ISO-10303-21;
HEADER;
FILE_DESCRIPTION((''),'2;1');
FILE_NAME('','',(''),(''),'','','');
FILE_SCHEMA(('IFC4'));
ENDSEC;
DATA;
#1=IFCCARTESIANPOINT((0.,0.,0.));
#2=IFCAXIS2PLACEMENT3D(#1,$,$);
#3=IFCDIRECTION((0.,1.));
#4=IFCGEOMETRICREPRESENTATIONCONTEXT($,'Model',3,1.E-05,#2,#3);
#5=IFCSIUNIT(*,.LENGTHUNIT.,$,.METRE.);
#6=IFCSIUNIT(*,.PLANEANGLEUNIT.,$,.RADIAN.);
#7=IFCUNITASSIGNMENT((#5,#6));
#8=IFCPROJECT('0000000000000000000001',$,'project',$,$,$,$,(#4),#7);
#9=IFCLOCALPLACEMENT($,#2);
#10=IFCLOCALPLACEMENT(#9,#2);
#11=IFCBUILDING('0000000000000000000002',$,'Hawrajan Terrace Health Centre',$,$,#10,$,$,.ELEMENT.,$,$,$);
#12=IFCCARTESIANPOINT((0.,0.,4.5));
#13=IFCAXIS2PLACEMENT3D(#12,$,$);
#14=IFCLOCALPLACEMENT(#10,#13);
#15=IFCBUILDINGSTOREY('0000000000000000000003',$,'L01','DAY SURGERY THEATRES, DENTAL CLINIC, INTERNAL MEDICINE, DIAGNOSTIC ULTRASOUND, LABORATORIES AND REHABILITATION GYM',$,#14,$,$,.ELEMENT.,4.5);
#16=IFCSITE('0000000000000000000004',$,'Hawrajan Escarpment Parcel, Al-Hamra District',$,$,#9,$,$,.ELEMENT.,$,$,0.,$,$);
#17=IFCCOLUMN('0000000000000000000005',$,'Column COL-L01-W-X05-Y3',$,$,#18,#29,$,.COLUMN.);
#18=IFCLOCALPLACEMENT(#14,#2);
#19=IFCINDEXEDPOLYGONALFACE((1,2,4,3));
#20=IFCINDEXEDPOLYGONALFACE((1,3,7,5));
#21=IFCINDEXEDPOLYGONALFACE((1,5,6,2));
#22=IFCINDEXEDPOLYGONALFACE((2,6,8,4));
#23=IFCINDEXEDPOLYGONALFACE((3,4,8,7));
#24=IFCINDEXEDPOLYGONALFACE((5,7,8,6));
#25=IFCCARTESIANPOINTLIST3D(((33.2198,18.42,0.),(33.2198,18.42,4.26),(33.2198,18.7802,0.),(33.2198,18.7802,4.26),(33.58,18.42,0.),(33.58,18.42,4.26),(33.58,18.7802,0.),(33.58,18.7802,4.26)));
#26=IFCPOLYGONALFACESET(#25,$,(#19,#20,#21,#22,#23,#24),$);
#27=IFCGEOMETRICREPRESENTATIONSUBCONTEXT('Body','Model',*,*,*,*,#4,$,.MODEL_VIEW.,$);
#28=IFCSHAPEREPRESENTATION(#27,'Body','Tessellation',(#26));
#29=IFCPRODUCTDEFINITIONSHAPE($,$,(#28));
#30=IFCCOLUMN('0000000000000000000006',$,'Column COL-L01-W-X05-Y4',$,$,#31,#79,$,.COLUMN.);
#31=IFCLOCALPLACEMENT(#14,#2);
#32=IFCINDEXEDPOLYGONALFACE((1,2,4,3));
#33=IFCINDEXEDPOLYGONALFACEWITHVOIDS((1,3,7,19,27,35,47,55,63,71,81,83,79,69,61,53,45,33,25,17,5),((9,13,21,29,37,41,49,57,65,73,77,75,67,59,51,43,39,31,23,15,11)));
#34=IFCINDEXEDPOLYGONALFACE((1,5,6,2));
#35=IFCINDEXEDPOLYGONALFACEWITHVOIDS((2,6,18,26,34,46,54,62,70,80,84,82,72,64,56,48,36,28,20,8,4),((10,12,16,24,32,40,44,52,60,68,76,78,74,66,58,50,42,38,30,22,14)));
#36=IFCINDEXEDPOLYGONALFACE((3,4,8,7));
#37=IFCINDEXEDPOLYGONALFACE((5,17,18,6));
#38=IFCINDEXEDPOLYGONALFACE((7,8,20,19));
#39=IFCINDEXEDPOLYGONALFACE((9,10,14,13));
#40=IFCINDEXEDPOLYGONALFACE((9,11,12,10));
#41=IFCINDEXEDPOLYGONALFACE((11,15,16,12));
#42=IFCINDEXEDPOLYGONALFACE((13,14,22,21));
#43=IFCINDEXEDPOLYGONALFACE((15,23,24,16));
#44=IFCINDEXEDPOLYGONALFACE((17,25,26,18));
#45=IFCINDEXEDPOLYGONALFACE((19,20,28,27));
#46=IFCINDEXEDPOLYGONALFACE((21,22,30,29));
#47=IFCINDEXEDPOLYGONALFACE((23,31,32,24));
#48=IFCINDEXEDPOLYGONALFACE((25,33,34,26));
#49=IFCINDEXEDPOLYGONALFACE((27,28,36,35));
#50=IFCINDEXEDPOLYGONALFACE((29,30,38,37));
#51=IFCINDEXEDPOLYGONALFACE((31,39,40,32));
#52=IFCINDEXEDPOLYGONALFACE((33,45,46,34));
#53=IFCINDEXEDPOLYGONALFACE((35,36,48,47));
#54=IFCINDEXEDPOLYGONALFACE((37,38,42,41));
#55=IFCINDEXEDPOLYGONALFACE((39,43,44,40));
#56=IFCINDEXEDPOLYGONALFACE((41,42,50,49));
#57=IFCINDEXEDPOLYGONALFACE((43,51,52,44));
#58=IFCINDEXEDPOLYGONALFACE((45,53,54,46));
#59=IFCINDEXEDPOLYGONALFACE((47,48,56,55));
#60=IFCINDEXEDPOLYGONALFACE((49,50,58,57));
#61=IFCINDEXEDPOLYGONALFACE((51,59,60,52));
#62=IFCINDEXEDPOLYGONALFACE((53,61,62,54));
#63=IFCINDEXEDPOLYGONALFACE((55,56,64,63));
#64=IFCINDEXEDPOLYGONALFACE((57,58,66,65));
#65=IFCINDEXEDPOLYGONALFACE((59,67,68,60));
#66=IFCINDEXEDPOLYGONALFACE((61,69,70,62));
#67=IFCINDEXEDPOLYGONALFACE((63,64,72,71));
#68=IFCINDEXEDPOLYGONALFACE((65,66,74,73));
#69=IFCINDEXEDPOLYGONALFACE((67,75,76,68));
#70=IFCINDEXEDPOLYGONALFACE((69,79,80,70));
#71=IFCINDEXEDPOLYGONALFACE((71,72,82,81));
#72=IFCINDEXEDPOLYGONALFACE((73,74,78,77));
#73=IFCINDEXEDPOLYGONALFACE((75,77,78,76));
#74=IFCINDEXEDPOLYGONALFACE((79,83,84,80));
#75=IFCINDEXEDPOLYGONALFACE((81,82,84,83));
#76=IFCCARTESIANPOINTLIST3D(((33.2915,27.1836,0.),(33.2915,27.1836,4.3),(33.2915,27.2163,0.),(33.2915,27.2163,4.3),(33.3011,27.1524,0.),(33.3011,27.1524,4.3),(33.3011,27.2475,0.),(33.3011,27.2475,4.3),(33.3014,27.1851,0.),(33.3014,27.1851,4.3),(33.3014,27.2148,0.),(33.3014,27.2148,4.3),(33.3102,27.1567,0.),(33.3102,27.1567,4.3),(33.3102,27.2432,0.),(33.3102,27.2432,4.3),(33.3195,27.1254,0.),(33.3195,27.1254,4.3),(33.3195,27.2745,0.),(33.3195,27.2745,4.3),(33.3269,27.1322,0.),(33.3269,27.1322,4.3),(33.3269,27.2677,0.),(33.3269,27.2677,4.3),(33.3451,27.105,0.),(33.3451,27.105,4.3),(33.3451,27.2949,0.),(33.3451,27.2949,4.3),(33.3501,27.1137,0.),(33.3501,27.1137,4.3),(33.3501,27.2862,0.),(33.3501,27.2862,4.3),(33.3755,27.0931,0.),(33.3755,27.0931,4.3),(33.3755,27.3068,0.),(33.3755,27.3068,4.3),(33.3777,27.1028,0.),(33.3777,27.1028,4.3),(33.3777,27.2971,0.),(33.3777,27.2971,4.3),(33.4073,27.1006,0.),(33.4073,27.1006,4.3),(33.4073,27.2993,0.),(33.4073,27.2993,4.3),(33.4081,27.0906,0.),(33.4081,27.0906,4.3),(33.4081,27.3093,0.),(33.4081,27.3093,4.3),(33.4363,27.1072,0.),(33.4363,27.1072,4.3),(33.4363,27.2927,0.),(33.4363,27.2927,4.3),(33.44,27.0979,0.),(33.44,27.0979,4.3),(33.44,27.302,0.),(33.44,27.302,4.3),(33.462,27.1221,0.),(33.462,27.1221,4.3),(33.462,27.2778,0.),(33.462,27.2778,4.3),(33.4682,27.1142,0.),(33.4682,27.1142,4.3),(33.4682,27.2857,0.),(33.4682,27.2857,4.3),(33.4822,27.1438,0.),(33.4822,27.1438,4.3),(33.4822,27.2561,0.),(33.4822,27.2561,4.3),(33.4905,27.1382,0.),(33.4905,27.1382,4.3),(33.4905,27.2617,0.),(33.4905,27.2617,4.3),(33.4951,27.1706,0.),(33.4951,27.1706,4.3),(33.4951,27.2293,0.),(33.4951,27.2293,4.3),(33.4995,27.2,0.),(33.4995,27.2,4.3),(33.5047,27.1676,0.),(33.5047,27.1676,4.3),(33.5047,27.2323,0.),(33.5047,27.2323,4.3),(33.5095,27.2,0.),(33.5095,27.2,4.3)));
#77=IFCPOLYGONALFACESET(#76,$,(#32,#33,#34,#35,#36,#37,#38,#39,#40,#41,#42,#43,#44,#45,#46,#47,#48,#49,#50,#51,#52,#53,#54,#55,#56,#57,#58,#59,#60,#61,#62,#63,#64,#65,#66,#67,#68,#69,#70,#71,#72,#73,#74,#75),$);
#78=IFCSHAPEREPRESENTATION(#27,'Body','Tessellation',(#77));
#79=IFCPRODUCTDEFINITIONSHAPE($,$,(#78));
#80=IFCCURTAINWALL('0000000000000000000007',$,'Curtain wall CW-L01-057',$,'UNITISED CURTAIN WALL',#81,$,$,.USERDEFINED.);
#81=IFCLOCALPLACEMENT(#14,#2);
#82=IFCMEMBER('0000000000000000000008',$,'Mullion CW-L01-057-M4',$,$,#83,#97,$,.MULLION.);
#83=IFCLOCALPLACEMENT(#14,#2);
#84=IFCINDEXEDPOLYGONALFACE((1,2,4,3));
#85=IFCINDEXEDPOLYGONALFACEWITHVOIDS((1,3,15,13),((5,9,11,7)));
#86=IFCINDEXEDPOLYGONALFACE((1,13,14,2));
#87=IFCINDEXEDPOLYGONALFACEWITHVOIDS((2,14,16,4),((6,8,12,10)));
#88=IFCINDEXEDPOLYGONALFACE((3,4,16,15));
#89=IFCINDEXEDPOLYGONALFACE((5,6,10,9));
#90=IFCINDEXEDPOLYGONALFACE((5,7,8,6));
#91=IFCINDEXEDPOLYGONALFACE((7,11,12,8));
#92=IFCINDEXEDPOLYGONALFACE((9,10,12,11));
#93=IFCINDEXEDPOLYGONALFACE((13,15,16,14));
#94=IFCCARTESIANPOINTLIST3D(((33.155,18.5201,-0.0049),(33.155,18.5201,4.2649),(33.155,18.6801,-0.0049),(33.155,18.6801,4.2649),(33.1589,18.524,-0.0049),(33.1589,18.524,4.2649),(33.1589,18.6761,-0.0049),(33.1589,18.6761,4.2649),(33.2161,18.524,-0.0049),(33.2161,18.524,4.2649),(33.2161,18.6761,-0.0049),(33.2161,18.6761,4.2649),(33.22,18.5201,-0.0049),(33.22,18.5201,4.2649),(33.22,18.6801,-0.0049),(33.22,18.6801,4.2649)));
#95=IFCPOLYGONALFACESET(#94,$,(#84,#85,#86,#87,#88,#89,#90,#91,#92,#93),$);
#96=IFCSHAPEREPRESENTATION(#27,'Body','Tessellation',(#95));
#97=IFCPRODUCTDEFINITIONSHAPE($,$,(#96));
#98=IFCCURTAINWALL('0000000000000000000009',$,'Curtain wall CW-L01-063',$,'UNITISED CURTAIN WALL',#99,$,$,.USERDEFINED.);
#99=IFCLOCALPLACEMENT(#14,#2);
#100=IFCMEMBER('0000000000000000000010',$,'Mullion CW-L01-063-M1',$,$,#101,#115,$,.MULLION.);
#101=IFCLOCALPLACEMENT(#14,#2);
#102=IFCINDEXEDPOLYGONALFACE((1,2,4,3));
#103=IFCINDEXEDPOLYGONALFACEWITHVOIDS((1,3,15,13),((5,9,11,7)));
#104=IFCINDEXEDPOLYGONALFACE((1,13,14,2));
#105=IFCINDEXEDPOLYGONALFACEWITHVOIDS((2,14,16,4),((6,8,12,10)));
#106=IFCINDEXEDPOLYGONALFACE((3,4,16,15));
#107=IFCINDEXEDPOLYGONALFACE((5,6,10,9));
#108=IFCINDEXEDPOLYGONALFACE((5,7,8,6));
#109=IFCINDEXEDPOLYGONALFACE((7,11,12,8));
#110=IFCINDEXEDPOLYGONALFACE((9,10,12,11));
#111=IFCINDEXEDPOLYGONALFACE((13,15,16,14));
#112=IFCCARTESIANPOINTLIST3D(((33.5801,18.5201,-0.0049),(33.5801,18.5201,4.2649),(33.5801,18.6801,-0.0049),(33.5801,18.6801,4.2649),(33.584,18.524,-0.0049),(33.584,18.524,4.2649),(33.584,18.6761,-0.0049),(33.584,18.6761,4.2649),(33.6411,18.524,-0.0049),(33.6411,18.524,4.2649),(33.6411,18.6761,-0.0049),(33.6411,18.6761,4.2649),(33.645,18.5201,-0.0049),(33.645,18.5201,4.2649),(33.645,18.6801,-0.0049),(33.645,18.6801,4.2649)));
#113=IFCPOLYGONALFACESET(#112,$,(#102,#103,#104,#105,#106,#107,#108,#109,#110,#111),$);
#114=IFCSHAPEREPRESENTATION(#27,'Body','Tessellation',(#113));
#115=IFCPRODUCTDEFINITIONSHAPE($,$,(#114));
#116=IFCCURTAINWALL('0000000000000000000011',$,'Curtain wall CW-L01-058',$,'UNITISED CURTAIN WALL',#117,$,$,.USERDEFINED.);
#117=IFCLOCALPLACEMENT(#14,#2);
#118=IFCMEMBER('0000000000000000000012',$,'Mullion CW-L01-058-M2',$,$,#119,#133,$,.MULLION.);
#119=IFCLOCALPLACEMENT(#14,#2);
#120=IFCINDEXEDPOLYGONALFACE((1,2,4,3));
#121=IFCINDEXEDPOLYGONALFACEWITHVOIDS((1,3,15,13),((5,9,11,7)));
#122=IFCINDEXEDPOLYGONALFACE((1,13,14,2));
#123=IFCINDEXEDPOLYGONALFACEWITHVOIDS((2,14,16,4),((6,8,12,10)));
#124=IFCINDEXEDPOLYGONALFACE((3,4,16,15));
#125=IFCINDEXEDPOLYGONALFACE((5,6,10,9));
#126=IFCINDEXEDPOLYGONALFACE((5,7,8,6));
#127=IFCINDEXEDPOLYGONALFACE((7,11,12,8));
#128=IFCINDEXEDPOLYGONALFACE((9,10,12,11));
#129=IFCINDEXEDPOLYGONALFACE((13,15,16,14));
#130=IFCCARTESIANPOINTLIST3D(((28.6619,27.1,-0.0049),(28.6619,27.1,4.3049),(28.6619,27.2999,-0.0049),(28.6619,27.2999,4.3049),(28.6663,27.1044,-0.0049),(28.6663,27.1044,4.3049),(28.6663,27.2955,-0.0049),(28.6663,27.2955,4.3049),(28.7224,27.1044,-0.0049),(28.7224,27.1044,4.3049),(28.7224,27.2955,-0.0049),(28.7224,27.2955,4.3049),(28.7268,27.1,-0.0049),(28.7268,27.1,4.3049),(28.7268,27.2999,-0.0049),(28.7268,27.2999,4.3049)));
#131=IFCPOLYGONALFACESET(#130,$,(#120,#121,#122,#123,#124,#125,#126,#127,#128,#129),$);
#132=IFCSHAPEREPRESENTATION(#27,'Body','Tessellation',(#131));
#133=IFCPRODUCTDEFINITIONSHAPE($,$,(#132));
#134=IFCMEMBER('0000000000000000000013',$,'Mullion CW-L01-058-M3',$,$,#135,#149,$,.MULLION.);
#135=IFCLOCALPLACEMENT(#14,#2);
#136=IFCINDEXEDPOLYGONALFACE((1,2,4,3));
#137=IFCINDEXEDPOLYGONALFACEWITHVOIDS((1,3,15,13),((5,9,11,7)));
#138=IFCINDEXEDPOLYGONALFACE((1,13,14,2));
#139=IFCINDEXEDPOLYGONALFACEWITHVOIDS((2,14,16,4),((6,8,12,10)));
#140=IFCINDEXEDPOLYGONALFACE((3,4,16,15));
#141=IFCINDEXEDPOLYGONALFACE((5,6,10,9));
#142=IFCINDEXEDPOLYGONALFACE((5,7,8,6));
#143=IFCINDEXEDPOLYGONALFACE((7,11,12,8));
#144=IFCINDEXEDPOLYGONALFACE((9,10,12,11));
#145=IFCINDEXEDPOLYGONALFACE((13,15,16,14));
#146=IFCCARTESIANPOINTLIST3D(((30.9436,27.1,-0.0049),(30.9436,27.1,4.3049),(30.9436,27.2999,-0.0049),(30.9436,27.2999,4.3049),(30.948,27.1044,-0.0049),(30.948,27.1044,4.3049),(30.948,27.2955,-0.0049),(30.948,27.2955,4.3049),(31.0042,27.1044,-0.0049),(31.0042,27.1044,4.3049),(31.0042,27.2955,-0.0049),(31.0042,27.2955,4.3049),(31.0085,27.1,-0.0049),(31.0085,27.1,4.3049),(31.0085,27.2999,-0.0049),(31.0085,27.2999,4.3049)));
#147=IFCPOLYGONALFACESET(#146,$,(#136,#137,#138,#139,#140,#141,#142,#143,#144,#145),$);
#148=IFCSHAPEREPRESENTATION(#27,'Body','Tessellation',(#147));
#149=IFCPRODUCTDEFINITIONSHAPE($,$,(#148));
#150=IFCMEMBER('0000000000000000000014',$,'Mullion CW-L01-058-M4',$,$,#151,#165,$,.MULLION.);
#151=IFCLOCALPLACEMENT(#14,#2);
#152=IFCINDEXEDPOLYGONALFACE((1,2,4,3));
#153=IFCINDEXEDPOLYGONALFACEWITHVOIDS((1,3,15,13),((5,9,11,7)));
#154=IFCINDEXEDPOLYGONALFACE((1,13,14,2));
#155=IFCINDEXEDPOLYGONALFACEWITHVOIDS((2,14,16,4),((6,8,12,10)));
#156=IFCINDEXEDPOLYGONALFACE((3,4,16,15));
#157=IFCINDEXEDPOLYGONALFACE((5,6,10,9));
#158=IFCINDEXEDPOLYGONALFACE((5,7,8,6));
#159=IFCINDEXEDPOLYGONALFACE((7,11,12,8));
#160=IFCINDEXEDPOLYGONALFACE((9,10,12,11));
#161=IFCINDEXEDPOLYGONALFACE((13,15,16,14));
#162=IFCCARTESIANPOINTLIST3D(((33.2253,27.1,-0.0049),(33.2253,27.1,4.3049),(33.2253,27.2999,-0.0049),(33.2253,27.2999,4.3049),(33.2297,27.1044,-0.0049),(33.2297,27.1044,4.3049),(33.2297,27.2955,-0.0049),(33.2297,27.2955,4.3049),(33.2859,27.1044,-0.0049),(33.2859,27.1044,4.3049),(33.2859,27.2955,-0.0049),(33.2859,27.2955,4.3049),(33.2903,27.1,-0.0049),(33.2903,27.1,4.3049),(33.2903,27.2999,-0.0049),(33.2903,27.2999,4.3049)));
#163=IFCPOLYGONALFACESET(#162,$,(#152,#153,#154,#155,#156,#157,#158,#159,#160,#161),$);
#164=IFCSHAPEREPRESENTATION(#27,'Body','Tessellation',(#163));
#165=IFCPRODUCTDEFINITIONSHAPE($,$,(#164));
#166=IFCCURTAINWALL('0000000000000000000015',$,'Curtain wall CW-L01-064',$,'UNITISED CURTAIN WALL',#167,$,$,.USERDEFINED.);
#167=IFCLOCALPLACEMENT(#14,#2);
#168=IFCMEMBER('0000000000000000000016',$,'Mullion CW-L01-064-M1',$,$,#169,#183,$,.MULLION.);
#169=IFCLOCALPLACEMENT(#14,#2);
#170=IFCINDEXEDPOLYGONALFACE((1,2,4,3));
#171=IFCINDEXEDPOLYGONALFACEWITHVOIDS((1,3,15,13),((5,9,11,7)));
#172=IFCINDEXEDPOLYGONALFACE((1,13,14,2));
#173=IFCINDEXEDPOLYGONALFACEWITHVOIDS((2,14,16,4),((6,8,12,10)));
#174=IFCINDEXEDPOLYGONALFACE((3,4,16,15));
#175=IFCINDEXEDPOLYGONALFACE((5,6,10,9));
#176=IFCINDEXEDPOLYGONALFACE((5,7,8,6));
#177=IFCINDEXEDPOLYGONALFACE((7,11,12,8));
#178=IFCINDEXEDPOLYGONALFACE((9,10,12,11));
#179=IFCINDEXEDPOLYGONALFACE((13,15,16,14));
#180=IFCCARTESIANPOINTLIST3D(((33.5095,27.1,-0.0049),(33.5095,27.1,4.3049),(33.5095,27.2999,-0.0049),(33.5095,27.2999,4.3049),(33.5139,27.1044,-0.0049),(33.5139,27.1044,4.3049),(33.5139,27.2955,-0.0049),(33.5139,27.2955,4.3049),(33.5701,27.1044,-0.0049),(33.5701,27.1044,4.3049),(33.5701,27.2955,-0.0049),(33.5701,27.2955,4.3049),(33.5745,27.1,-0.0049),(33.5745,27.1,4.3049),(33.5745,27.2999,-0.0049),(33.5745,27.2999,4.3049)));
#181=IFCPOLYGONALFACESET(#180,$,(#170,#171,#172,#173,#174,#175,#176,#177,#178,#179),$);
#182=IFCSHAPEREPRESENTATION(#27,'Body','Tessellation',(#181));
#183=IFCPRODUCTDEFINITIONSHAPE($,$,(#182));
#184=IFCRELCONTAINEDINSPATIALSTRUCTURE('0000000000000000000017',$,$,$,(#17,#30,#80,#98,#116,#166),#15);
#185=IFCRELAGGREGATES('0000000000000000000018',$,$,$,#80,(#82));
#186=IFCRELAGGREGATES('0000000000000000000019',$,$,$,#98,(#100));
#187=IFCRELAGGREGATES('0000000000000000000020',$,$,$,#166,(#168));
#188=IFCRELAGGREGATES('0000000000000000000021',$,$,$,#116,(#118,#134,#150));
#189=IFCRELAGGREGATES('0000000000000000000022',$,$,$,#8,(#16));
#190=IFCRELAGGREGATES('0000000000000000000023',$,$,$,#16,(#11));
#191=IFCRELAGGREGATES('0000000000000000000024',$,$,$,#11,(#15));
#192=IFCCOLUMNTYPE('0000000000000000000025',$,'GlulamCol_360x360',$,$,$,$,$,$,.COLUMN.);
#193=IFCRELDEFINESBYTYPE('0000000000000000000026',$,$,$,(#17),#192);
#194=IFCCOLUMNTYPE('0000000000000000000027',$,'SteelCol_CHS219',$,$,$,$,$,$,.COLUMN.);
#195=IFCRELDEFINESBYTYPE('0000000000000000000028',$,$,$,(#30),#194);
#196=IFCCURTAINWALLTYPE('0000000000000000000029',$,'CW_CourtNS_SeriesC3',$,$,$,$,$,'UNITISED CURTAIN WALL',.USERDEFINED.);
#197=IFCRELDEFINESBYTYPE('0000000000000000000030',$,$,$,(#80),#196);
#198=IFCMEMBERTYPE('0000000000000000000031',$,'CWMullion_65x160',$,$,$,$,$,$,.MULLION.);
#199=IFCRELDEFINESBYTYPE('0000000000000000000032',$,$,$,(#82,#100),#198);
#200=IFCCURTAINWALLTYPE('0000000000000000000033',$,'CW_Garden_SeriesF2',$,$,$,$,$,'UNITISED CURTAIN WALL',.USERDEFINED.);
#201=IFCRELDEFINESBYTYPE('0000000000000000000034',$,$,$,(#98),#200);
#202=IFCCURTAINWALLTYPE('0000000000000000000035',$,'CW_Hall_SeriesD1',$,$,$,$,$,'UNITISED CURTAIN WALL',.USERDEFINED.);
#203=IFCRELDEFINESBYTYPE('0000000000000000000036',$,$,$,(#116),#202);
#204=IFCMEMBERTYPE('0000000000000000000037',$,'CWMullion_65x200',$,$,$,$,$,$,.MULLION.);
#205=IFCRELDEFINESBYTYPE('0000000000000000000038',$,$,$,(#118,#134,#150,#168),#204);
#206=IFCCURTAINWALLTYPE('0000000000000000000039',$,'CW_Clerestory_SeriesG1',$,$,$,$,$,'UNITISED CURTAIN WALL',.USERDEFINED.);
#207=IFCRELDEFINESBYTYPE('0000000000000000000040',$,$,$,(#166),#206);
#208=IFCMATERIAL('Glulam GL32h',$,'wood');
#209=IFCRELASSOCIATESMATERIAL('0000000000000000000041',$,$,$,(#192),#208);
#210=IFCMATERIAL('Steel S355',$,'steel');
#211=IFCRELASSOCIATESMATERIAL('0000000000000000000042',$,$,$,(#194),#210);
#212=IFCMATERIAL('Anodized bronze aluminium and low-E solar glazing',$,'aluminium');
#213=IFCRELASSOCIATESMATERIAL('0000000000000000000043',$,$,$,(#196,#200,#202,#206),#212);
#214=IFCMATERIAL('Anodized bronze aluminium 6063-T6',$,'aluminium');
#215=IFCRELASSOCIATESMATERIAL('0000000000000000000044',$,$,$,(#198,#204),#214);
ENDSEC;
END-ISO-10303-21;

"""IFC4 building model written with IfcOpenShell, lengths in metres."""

from ifc_helpers import new_model, si_unit, direction, frame, origin, origin_2d, place, context, subcontext, project, spatial, rectangle, hollow_rectangle, hollow_circle, extrude, material, material_profile, profile_set, type_object, element, aggregate, save


model = new_model("IFC4")

# Units and contexts
model_context = context("Model", 3, precision=1e-05, world=origin(), true_north=direction((0.0, 1.0)))
body_context = subcontext(model_context, "Body", "Model", "MODEL_VIEW")
ifc_project = project(units=[si_unit("LENGTHUNIT", "METRE"), si_unit("PLANEANGLEUNIT", "RADIAN")], contexts=[model_context])

# Site, building, storey
site_placement = place(None, origin())
site = spatial("IfcSite", under=ifc_project, at=site_placement, Name="Hawrajan Escarpment Parcel, Al-Hamra District", CompositionType="ELEMENT", RefElevation=0.0)
building_placement = place(site_placement, origin())
building = spatial("IfcBuilding", under=site, at=building_placement, Name="Hawrajan Terrace Health Centre", CompositionType="ELEMENT")
storey_placement = place(building_placement, frame((0.0, 0.0, 4.5)))
storey = spatial("IfcBuildingStorey", under=building, at=storey_placement, Name="L01", Description="DAY SURGERY THEATRES, DENTAL CLINIC, INTERNAL MEDICINE, DIAGNOSTIC ULTRASOUND, LABORATORIES AND REHABILITATION GYM", CompositionType="ELEMENT", Elevation=4.5)

# Columns
ifc_material_1 = material(Name="Glulam GL32h", Category="wood")
ifc_material_profile_1 = material_profile(ifc_material_1, rectangle(XDim=0.3601, YDim=0.3601, at=origin_2d()), Name="GL 360x360")
ifc_profile_set_1 = profile_set([ifc_material_profile_1], Name="Glulam GL32h")
column_type_1 = type_object("IfcColumnType", Name="GlulamCol_360x360", PredefinedType="COLUMN", material=ifc_profile_set_1)
column_1_placement = place(storey_placement, frame((33.3999, 18.6001, 0.0), z_axis=(0.0, 0.0, 1.0), x_axis=(1.0, 0.0, 0.0)))
element("IfcColumn", 1, at=column_1_placement, inside=storey, type_object=column_type_1, Name="Column COL-L01-W-X05-Y3", PredefinedType="COLUMN", context=body_context, shape_type="SweptSolid", body=[
    extrude(rectangle(XDim=0.3601, YDim=0.3601, at=origin_2d()), origin(), (0.0, 0.0, 1.0), 4.26),
])
ifc_material_2 = material(Name="Steel S355", Category="steel")
ifc_material_profile_2 = material_profile(ifc_material_2, hollow_circle(Radius=0.1096, WallThickness=0.01, at=origin_2d()), Name="CHS 219.1x10.0")
ifc_profile_set_2 = profile_set([ifc_material_profile_2], Name="Steel S355")
column_type_2 = type_object("IfcColumnType", Name="SteelCol_CHS219", PredefinedType="COLUMN", material=ifc_profile_set_2)
column_2_placement = place(storey_placement, frame((33.3999, 27.2, 0.0), z_axis=(0.0, 0.0, 1.0), x_axis=(1.0, 0.0, 0.0)))
element("IfcColumn", 2, at=column_2_placement, inside=storey, type_object=column_type_2, Name="Column COL-L01-W-X05-Y4", PredefinedType="COLUMN", context=body_context, shape_type="SweptSolid", body=[
    extrude(hollow_circle(Radius=0.1096, WallThickness=0.01, at=origin_2d()), origin(), (0.0, 0.0, 1.0), 4.3),
])

# Curtain walls, members
ifc_material_3 = material(Name="Anodized bronze aluminium and low-E solar glazing", Category="aluminium")
curtain_wall_type_1 = type_object("IfcCurtainWallType", Name="CW_CourtNS_SeriesC3", ElementType="UNITISED CURTAIN WALL", PredefinedType="USERDEFINED", material=ifc_material_3)
curtain_wall_1_placement = place(storey_placement, origin())
curtain_wall_1 = element("IfcCurtainWall", 3, at=curtain_wall_1_placement, inside=storey, type_object=curtain_wall_type_1, Name="Curtain wall CW-L01-057", ObjectType="UNITISED CURTAIN WALL", PredefinedType="USERDEFINED")
ifc_material_4 = material(Name="Anodized bronze aluminium 6063-T6", Category="aluminium")
ifc_material_profile_3 = material_profile(ifc_material_4, hollow_rectangle(XDim=0.0649, YDim=0.1599, WallThickness=0.0039, at=origin_2d()), Name="CW MUL 65x160")
ifc_profile_set_3 = profile_set([ifc_material_profile_3], Name="Anodized bronze aluminium 6063-T6")
member_type_1 = type_object("IfcMemberType", Name="CWMullion_65x160", PredefinedType="MULLION", material=ifc_profile_set_3)
member_1_placement = place(storey_placement, frame((33.1875, 18.6001, -0.0049), z_axis=(0.0, 0.0, 1.0), x_axis=(1.0, 0.0, 0.0)))
member_1 = element("IfcMember", 4, at=member_1_placement, type_object=member_type_1, Name="Mullion CW-L01-057-M4", PredefinedType="MULLION", context=body_context, shape_type="SweptSolid", body=[
    extrude(hollow_rectangle(XDim=0.0649, YDim=0.1599, WallThickness=0.0039, at=origin_2d()), origin(), (0.0, 0.0, 1.0), 4.2698),
])
aggregate(curtain_wall_1, [member_1])
curtain_wall_type_2 = type_object("IfcCurtainWallType", Name="CW_Garden_SeriesF2", ElementType="UNITISED CURTAIN WALL", PredefinedType="USERDEFINED", material=ifc_material_3)
curtain_wall_2_placement = place(storey_placement, origin())
curtain_wall_2 = element("IfcCurtainWall", 5, at=curtain_wall_2_placement, inside=storey, type_object=curtain_wall_type_2, Name="Curtain wall CW-L01-063", ObjectType="UNITISED CURTAIN WALL", PredefinedType="USERDEFINED")
member_2_placement = place(storey_placement, frame((33.6125, 18.6001, -0.0049), z_axis=(0.0, 0.0, 1.0), x_axis=(1.0, 0.0, 0.0)))
member_2 = element("IfcMember", 6, at=member_2_placement, type_object=member_type_1, Name="Mullion CW-L01-063-M1", PredefinedType="MULLION", context=body_context, shape_type="SweptSolid", body=[
    extrude(hollow_rectangle(XDim=0.0649, YDim=0.1599, WallThickness=0.0039, at=origin_2d()), origin(), (0.0, 0.0, 1.0), 4.2698),
])
aggregate(curtain_wall_2, [member_2])

# Curtain wall, members
curtain_wall_type_3 = type_object("IfcCurtainWallType", Name="CW_Hall_SeriesD1", ElementType="UNITISED CURTAIN WALL", PredefinedType="USERDEFINED", material=ifc_material_3)
curtain_wall_3_placement = place(storey_placement, origin())
curtain_wall_3 = element("IfcCurtainWall", 7, at=curtain_wall_3_placement, inside=storey, type_object=curtain_wall_type_3, Name="Curtain wall CW-L01-058", ObjectType="UNITISED CURTAIN WALL", PredefinedType="USERDEFINED")
ifc_material_profile_4 = material_profile(ifc_material_4, hollow_rectangle(XDim=0.0649, YDim=0.2, WallThickness=0.0044, at=origin_2d()), Name="CW MUL 65x200")
ifc_profile_set_4 = profile_set([ifc_material_profile_4], Name="Anodized bronze aluminium 6063-T6")
member_type_2 = type_object("IfcMemberType", Name="CWMullion_65x200", PredefinedType="MULLION", material=ifc_profile_set_4)
member_3_placement = place(storey_placement, frame((28.6943, 27.2, -0.0049), z_axis=(0.0, 0.0, 1.0), x_axis=(1.0, 0.0, 0.0)))
member_3 = element("IfcMember", 8, at=member_3_placement, type_object=member_type_2, Name="Mullion CW-L01-058-M2", PredefinedType="MULLION", context=body_context, shape_type="SweptSolid", body=[
    extrude(hollow_rectangle(XDim=0.0649, YDim=0.2, WallThickness=0.0044, at=origin_2d()), origin(), (0.0, 0.0, 1.0), 4.3098),
])
member_4_placement = place(storey_placement, frame((30.9761, 27.2, -0.0049), z_axis=(0.0, 0.0, 1.0), x_axis=(1.0, 0.0, 0.0)))
member_4 = element("IfcMember", 9, at=member_4_placement, type_object=member_type_2, Name="Mullion CW-L01-058-M3", PredefinedType="MULLION", context=body_context, shape_type="SweptSolid", body=[
    extrude(hollow_rectangle(XDim=0.0649, YDim=0.2, WallThickness=0.0044, at=origin_2d()), origin(), (0.0, 0.0, 1.0), 4.3098),
])
member_5_placement = place(storey_placement, frame((33.2578, 27.2, -0.0049), z_axis=(0.0, 0.0, 1.0), x_axis=(1.0, 0.0, 0.0)))
member_5 = element("IfcMember", 10, at=member_5_placement, type_object=member_type_2, Name="Mullion CW-L01-058-M4", PredefinedType="MULLION", context=body_context, shape_type="SweptSolid", body=[
    extrude(hollow_rectangle(XDim=0.0649, YDim=0.2, WallThickness=0.0044, at=origin_2d()), origin(), (0.0, 0.0, 1.0), 4.3098),
])

# Curtain wall, member
curtain_wall_type_4 = type_object("IfcCurtainWallType", Name="CW_Clerestory_SeriesG1", ElementType="UNITISED CURTAIN WALL", PredefinedType="USERDEFINED", material=ifc_material_3)
curtain_wall_4_placement = place(storey_placement, origin())
curtain_wall_4 = element("IfcCurtainWall", 11, at=curtain_wall_4_placement, inside=storey, type_object=curtain_wall_type_4, Name="Curtain wall CW-L01-064", ObjectType="UNITISED CURTAIN WALL", PredefinedType="USERDEFINED")
member_6_placement = place(storey_placement, frame((33.542, 27.2, -0.0049), z_axis=(0.0, 0.0, 1.0), x_axis=(1.0, 0.0, 0.0)))
member_6 = element("IfcMember", 12, at=member_6_placement, type_object=member_type_2, Name="Mullion CW-L01-064-M1", PredefinedType="MULLION", context=body_context, shape_type="SweptSolid", body=[
    extrude(hollow_rectangle(XDim=0.0649, YDim=0.2, WallThickness=0.0044, at=origin_2d()), origin(), (0.0, 0.0, 1.0), 4.3098),
])

aggregate(curtain_wall_4, [member_6])

aggregate(curtain_wall_3, [member_3, member_4, member_5])

save(model, "model.ifc")
